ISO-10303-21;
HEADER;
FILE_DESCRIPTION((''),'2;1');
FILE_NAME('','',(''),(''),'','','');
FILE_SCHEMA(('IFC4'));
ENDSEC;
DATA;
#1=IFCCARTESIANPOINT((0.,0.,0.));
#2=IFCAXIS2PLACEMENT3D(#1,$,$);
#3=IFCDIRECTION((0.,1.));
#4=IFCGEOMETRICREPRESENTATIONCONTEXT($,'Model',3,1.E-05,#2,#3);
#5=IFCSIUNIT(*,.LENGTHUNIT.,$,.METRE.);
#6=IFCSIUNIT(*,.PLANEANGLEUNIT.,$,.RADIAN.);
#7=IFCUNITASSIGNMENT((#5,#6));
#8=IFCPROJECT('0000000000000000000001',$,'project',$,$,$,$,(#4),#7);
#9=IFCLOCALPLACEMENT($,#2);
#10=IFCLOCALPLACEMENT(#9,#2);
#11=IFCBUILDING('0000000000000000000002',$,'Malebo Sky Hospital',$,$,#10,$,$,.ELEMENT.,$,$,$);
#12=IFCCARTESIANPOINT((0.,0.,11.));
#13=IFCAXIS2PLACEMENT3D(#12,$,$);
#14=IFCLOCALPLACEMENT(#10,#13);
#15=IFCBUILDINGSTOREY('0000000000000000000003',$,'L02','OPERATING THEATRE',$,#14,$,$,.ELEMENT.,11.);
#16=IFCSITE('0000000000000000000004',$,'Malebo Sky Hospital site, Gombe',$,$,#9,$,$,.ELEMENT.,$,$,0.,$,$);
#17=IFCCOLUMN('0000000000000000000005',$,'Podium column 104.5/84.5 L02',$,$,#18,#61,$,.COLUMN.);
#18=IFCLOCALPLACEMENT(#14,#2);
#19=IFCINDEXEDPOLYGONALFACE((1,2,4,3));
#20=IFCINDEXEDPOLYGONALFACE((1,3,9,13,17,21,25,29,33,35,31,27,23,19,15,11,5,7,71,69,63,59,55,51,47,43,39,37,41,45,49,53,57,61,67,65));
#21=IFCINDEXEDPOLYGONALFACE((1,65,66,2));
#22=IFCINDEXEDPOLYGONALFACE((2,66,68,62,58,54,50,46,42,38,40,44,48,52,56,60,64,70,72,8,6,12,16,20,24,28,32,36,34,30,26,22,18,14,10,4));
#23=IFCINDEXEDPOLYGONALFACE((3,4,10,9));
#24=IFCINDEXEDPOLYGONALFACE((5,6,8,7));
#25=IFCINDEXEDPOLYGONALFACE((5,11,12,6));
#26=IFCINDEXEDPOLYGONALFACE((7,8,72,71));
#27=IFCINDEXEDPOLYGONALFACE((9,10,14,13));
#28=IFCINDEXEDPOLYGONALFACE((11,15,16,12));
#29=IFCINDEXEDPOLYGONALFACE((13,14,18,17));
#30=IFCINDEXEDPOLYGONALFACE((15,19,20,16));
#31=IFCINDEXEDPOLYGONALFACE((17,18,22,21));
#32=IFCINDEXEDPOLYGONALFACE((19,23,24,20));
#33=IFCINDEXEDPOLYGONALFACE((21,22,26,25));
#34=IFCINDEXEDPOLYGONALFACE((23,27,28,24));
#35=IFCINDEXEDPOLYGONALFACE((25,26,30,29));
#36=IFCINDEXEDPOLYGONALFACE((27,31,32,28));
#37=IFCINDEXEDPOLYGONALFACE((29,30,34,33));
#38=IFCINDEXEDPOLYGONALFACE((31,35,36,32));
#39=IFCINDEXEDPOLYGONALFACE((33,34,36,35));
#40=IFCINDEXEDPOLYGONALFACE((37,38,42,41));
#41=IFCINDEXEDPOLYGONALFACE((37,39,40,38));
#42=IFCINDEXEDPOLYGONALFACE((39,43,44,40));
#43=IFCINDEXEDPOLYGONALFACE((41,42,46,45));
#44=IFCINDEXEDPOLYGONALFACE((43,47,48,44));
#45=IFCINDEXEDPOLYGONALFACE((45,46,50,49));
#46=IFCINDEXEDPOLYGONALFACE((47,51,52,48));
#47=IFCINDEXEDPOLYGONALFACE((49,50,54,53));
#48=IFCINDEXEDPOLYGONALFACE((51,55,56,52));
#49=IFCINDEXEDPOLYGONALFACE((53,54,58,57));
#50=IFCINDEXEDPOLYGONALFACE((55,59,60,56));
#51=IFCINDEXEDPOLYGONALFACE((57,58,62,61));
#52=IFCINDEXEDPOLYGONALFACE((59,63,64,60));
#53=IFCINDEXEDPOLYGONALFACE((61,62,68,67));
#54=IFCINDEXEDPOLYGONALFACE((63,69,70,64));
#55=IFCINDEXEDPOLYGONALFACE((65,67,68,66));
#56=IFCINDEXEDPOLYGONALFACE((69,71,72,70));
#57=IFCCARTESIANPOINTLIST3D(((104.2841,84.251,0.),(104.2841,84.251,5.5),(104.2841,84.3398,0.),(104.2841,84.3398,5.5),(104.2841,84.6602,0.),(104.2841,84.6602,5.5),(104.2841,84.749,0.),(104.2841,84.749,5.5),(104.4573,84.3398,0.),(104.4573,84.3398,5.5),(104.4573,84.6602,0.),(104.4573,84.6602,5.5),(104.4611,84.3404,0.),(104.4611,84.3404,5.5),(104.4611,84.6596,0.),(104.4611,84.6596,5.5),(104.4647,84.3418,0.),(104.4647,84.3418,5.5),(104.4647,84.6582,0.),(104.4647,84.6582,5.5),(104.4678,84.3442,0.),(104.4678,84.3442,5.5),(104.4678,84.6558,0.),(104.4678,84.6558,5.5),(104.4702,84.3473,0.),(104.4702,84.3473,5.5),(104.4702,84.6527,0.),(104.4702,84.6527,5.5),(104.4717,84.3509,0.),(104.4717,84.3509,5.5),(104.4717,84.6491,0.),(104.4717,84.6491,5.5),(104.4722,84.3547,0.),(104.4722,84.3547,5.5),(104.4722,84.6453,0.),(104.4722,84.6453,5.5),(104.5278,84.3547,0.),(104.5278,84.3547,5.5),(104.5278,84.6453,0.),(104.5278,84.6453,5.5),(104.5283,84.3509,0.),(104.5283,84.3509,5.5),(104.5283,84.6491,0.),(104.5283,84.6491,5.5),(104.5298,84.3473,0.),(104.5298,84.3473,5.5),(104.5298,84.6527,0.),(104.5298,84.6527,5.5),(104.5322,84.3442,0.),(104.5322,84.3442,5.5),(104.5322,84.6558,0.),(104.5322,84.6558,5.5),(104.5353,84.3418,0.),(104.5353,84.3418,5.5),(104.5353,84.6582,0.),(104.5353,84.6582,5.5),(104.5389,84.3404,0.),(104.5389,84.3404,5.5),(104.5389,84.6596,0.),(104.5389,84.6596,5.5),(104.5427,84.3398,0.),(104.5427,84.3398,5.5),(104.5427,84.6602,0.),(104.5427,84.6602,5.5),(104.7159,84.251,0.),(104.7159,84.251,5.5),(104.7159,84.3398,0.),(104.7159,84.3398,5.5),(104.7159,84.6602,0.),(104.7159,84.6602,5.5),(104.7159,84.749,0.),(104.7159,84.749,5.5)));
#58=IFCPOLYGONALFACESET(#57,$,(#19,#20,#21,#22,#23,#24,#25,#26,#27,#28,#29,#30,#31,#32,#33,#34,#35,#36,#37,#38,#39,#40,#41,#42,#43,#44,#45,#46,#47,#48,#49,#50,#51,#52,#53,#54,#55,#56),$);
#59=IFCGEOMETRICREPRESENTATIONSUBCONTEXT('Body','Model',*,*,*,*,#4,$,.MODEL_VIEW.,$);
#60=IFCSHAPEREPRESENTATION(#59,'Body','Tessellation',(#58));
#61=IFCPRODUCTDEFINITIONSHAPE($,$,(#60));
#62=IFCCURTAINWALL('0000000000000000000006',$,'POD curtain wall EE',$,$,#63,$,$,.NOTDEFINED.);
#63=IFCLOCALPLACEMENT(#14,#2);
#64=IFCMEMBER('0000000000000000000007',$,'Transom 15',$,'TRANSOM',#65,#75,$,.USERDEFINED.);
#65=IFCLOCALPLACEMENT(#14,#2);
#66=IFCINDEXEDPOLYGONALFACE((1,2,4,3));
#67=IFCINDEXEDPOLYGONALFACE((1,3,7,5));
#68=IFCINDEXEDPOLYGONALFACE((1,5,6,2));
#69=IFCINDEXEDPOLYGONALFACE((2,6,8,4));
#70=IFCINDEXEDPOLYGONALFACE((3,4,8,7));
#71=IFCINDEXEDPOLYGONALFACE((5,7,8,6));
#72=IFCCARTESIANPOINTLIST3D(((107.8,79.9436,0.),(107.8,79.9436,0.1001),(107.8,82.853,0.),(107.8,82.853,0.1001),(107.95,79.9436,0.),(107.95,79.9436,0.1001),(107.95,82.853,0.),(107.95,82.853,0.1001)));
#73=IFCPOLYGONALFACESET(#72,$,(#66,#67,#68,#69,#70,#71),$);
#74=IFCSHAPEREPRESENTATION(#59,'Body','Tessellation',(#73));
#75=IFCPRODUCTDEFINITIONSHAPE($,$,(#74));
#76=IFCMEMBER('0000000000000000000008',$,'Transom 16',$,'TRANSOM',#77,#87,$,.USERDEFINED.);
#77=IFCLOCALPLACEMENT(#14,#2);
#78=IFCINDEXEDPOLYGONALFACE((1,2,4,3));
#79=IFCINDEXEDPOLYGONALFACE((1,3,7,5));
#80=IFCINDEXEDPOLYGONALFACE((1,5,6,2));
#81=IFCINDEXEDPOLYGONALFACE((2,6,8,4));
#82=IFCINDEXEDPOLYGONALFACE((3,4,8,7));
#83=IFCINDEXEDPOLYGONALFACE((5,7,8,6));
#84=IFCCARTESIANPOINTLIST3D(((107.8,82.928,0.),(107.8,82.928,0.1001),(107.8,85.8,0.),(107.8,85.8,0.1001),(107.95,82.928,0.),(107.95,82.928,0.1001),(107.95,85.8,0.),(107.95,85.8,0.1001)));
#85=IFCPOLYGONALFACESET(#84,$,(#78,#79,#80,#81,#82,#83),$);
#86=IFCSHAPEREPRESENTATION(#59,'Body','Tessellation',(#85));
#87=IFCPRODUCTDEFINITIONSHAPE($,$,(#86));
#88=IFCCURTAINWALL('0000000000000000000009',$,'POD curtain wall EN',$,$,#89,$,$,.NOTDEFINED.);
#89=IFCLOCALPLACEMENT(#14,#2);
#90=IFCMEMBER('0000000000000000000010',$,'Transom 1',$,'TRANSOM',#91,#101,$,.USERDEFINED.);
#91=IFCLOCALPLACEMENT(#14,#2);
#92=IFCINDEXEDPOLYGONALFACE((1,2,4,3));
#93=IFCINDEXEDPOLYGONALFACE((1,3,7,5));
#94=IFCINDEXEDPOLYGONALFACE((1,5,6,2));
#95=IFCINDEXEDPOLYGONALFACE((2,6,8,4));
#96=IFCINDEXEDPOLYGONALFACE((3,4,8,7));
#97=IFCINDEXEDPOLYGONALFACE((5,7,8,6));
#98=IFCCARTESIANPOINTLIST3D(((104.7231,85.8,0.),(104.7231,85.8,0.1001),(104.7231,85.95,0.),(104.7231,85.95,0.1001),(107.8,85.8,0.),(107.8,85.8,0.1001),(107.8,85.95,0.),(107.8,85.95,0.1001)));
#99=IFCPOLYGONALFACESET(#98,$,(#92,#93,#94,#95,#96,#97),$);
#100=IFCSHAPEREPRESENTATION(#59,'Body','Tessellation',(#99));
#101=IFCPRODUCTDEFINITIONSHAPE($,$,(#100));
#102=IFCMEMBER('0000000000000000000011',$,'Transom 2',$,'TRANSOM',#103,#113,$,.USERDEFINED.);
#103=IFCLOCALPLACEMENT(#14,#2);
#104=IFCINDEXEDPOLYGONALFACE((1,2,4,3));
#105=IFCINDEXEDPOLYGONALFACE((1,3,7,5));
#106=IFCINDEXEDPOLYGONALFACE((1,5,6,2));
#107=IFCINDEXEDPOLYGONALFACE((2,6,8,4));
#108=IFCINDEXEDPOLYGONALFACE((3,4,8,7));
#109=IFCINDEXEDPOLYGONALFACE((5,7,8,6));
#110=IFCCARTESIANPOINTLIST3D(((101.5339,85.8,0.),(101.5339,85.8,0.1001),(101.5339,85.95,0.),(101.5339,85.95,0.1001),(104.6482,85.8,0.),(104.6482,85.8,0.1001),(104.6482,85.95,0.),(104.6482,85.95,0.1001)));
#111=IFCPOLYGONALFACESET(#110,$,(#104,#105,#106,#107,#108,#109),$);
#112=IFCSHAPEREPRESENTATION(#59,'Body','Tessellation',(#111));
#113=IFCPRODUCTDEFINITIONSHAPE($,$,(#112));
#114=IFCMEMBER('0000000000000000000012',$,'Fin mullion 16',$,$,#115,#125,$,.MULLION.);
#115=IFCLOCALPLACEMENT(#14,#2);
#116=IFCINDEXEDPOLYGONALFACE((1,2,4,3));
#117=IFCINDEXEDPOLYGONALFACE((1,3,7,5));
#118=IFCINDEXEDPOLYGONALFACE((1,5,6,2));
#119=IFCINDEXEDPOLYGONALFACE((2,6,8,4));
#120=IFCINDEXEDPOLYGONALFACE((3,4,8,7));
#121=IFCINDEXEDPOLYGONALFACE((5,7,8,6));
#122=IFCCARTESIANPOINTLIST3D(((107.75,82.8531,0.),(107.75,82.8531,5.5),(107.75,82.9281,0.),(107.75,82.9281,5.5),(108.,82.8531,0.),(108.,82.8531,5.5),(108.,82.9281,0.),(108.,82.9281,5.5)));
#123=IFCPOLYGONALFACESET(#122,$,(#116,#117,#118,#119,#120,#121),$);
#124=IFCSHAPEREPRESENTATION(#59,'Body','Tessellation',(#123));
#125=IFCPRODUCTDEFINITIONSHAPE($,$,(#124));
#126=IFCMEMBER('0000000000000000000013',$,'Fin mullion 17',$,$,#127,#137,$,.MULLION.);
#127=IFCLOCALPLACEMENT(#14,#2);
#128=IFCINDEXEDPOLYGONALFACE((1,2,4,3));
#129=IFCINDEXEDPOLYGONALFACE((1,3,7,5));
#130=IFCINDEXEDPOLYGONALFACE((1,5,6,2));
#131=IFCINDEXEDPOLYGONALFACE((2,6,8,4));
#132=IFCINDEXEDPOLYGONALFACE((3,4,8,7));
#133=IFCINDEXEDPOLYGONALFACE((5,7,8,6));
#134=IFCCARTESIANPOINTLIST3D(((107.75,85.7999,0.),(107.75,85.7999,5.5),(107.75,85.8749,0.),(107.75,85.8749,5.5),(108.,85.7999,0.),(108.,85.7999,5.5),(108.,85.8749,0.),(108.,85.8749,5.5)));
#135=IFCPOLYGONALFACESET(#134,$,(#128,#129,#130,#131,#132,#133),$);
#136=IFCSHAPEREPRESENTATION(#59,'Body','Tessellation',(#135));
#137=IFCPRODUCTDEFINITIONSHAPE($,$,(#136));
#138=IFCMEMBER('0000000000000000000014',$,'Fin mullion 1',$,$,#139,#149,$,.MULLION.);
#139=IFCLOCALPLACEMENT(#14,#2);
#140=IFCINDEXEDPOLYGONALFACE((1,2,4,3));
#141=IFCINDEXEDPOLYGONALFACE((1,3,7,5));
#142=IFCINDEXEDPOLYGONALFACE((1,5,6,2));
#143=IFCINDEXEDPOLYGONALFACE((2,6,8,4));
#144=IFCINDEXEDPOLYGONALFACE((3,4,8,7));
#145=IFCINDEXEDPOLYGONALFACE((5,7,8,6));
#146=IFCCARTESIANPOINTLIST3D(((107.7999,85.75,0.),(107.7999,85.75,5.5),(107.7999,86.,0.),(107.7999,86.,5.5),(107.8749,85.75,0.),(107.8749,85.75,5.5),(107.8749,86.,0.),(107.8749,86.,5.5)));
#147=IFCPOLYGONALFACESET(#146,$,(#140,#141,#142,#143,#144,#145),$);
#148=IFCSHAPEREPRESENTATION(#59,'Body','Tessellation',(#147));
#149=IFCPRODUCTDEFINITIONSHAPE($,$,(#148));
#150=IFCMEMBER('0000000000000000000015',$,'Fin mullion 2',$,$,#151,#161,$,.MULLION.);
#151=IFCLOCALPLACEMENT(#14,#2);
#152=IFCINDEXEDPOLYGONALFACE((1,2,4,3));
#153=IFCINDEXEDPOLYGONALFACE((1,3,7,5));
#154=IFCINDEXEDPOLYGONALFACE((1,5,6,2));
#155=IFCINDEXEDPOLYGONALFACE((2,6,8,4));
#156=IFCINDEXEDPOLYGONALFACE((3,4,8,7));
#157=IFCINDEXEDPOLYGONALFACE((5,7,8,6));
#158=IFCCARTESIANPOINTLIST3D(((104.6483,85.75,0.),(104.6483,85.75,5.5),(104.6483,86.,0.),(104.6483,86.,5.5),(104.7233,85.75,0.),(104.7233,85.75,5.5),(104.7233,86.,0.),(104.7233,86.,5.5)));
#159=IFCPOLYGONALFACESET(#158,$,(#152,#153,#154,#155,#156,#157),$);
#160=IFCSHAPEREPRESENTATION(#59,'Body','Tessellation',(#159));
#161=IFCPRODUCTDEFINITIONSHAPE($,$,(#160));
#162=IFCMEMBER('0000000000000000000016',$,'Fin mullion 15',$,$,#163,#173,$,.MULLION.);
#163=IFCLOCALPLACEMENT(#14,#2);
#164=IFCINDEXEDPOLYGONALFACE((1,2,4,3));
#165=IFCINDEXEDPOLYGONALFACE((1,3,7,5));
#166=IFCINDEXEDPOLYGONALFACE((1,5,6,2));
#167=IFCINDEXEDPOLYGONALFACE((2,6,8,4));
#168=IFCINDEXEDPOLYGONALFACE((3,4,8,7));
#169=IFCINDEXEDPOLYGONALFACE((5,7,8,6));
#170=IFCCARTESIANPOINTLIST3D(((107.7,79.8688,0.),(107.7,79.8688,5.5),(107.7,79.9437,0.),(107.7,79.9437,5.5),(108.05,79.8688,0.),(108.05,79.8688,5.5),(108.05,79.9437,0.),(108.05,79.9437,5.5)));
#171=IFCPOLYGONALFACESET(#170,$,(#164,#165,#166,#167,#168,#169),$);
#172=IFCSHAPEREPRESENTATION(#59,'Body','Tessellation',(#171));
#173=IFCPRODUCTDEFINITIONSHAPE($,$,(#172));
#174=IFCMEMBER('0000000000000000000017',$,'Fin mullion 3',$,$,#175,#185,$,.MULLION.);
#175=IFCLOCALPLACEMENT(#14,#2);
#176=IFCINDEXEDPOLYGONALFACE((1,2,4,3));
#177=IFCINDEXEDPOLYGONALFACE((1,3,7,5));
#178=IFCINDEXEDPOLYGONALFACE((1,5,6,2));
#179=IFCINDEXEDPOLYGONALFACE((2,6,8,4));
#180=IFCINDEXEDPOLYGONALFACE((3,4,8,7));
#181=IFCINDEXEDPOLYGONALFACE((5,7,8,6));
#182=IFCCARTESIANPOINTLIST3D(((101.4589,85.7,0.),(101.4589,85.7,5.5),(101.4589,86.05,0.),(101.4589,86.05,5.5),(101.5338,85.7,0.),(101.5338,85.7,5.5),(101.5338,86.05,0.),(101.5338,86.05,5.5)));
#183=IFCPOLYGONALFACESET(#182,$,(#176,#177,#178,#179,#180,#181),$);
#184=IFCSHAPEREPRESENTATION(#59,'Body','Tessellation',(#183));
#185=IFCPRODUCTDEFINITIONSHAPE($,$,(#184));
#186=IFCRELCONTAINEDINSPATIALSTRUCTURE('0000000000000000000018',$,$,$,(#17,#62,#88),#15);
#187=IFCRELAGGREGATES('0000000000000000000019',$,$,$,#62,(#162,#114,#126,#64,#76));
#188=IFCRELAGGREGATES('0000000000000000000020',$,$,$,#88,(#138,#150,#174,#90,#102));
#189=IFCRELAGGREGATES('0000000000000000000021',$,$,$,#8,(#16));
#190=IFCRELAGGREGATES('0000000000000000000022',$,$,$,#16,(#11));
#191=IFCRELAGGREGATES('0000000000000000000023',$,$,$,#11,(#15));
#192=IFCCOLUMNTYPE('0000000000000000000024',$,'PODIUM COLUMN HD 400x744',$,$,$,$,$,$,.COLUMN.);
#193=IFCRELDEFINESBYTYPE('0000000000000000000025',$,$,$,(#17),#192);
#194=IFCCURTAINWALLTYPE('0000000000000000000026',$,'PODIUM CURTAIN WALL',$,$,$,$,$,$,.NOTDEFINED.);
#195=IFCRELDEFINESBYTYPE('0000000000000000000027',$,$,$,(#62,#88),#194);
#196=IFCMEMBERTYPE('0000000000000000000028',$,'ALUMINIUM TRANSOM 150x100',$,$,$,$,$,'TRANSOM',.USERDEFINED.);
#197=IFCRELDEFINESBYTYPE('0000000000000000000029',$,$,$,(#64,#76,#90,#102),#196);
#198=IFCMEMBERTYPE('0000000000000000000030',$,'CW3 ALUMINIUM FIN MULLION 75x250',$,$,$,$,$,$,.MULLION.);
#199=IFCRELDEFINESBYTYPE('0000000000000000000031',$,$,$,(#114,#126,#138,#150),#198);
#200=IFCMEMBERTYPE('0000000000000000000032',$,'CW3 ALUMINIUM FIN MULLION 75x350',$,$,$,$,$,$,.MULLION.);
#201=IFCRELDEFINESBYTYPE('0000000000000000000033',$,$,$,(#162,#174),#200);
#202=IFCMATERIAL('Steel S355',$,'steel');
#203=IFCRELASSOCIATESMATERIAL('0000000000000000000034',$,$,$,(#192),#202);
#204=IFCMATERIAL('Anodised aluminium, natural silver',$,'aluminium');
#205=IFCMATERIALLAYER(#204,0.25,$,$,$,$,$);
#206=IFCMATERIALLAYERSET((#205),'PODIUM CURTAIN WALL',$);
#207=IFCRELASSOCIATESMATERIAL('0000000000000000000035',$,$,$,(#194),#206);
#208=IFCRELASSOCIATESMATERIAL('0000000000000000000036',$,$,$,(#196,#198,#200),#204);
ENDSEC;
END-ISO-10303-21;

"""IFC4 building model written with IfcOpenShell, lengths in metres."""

from ifc_helpers import new_model, si_unit, direction, frame, origin, origin_2d, place, context, subcontext, project, spatial, rectangle, i_section, extrude, material, layer, layer_set, material_profile, profile_set, type_object, element, aggregate, save


model = new_model("IFC4")

# Units and contexts
model_context = context("Model", 3, precision=1e-05, world=origin(), true_north=direction((0.0, 1.0)))
body_context = subcontext(model_context, "Body", "Model", "MODEL_VIEW")
ifc_project = project(units=[si_unit("LENGTHUNIT", "METRE"), si_unit("PLANEANGLEUNIT", "RADIAN")], contexts=[model_context])

# Site, building, storey
site_placement = place(None, origin())
site = spatial("IfcSite", under=ifc_project, at=site_placement, Name="Malebo Sky Hospital site, Gombe", CompositionType="ELEMENT", RefElevation=0.0)
building_placement = place(site_placement, origin())
building = spatial("IfcBuilding", under=site, at=building_placement, Name="Malebo Sky Hospital", CompositionType="ELEMENT")
storey_placement = place(building_placement, frame((0.0, 0.0, 11.0)))
storey = spatial("IfcBuildingStorey", under=building, at=storey_placement, Name="L02", Description="OPERATING THEATRE", CompositionType="ELEMENT", Elevation=11.0)

# Column
ifc_material_1 = material(Name="Steel S355", Category="steel")
ifc_material_profile_1 = material_profile(ifc_material_1, i_section(OverallWidth=0.4319, OverallDepth=0.498, WebThickness=0.0557, FlangeThickness=0.0889, FilletRadius=0.0149, at=origin_2d()), Name="HD 400x744")
ifc_profile_set_1 = profile_set([ifc_material_profile_1], Name="Steel S355")
column_type = type_object("IfcColumnType", Name="PODIUM COLUMN HD 400x744", PredefinedType="COLUMN", material=ifc_profile_set_1)
column_placement = place(storey_placement, frame((104.5, 84.5, 0.0), z_axis=(0.0, 0.0, 1.0), x_axis=(1.0, 0.0, 0.0)))
element("IfcColumn", 1, at=column_placement, inside=storey, type_object=column_type, Name="Podium column 104.5/84.5 L02", PredefinedType="COLUMN", context=body_context, shape_type="SweptSolid", body=[
    extrude(i_section(OverallWidth=0.4319, OverallDepth=0.498, WebThickness=0.0557, FlangeThickness=0.0889, FilletRadius=0.0149, at=origin_2d()), origin(), (0.0, 0.0, 1.0), 5.5),
])

# Curtain walls, members
ifc_material_2 = material(Name="Anodised aluminium, natural silver", Category="aluminium")
ifc_layer_1 = layer(ifc_material_2, 0.25)
ifc_layer_set_1 = layer_set([ifc_layer_1], Name="PODIUM CURTAIN WALL")
curtain_wall_type = type_object("IfcCurtainWallType", Name="PODIUM CURTAIN WALL", PredefinedType="NOTDEFINED", material=ifc_layer_set_1)
curtain_wall_1_placement = place(storey_placement, origin())
curtain_wall_1 = element("IfcCurtainWall", 2, at=curtain_wall_1_placement, inside=storey, type_object=curtain_wall_type, Name="POD curtain wall EE", PredefinedType="NOTDEFINED")
ifc_material_profile_2 = material_profile(ifc_material_2, rectangle(XDim=0.1499, YDim=0.1001, at=origin_2d()), Name="ALUMINIUM TRANSOM 150x100")
ifc_profile_set_2 = profile_set([ifc_material_profile_2], Name="Anodised aluminium, natural silver")
member_type_1 = type_object("IfcMemberType", Name="ALUMINIUM TRANSOM 150x100", ElementType="TRANSOM", PredefinedType="USERDEFINED", material=ifc_profile_set_2)
member_1_placement = place(storey_placement, frame((107.875, 79.9436, 0.05), z_axis=(0.0, 1.0, 0.0), x_axis=(-1.0, 0.0, 0.0)))
member_1 = element("IfcMember", 3, at=member_1_placement, type_object=member_type_1, Name="Transom 15", ObjectType="TRANSOM", PredefinedType="USERDEFINED", context=body_context, shape_type="SweptSolid", body=[
    extrude(rectangle(XDim=0.1499, YDim=0.1001, at=origin_2d()), origin(), (0.0, 0.0, 1.0), 2.9094),
])
member_2_placement = place(storey_placement, frame((107.875, 82.928, 0.05), z_axis=(0.0, 1.0, 0.0), x_axis=(-1.0, 0.0, 0.0)))
member_2 = element("IfcMember", 4, at=member_2_placement, type_object=member_type_1, Name="Transom 16", ObjectType="TRANSOM", PredefinedType="USERDEFINED", context=body_context, shape_type="SweptSolid", body=[
    extrude(rectangle(XDim=0.1499, YDim=0.1001, at=origin_2d()), origin(), (0.0, 0.0, 1.0), 2.8721),
])
curtain_wall_2_placement = place(storey_placement, origin())
curtain_wall_2 = element("IfcCurtainWall", 5, at=curtain_wall_2_placement, inside=storey, type_object=curtain_wall_type, Name="POD curtain wall EN", PredefinedType="NOTDEFINED")
member_3_placement = place(storey_placement, frame((107.8, 85.875, 0.05), z_axis=(-1.0, 0.0, 0.0), x_axis=(0.0, -1.0, 0.0)))
member_3 = element("IfcMember", 6, at=member_3_placement, type_object=member_type_1, Name="Transom 1", ObjectType="TRANSOM", PredefinedType="USERDEFINED", context=body_context, shape_type="SweptSolid", body=[
    extrude(rectangle(XDim=0.1499, YDim=0.1001, at=origin_2d()), origin(), (0.0, 0.0, 1.0), 3.0769),
])
member_4_placement = place(storey_placement, frame((104.6482, 85.875, 0.05), z_axis=(-1.0, 0.0, 0.0), x_axis=(0.0, -1.0, 0.0)))
member_4 = element("IfcMember", 7, at=member_4_placement, type_object=member_type_1, Name="Transom 2", ObjectType="TRANSOM", PredefinedType="USERDEFINED", context=body_context, shape_type="SweptSolid", body=[
    extrude(rectangle(XDim=0.1499, YDim=0.1001, at=origin_2d()), origin(), (0.0, 0.0, 1.0), 3.1143),
])

# Members
ifc_material_profile_3 = material_profile(ifc_material_2, rectangle(XDim=0.075, YDim=0.25, at=origin_2d()), Name="CW3 ALUMINIUM FIN MULLION 75x250")
ifc_profile_set_3 = profile_set([ifc_material_profile_3], Name="Anodised aluminium, natural silver")
member_type_2 = type_object("IfcMemberType", Name="CW3 ALUMINIUM FIN MULLION 75x250", PredefinedType="MULLION", material=ifc_profile_set_3)
member_5_placement = place(storey_placement, frame((107.875, 82.8906, 0.0), z_axis=(0.0, 0.0, 1.0), x_axis=(0.0, 1.0, 0.0)))
member_5 = element("IfcMember", 8, at=member_5_placement, type_object=member_type_2, Name="Fin mullion 16", PredefinedType="MULLION", context=body_context, shape_type="SweptSolid", body=[
    extrude(rectangle(XDim=0.075, YDim=0.25, at=origin_2d()), origin(), (0.0, 0.0, 1.0), 5.5),
])
member_6_placement = place(storey_placement, frame((107.875, 85.8374, 0.0), z_axis=(0.0, 0.0, 1.0), x_axis=(0.0, 1.0, 0.0)))
member_6 = element("IfcMember", 9, at=member_6_placement, type_object=member_type_2, Name="Fin mullion 17", PredefinedType="MULLION", context=body_context, shape_type="SweptSolid", body=[
    extrude(rectangle(XDim=0.075, YDim=0.25, at=origin_2d()), origin(), (0.0, 0.0, 1.0), 5.5),
])
member_7_placement = place(storey_placement, frame((107.8374, 85.875, 0.0), z_axis=(0.0, 0.0, 1.0), x_axis=(-1.0, 0.0, 0.0)))
member_7 = element("IfcMember", 10, at=member_7_placement, type_object=member_type_2, Name="Fin mullion 1", PredefinedType="MULLION", context=body_context, shape_type="SweptSolid", body=[
    extrude(rectangle(XDim=0.075, YDim=0.25, at=origin_2d()), origin(), (0.0, 0.0, 1.0), 5.5),
])
member_8_placement = place(storey_placement, frame((104.6858, 85.875, 0.0), z_axis=(0.0, 0.0, 1.0), x_axis=(-1.0, 0.0, 0.0)))
member_8 = element("IfcMember", 11, at=member_8_placement, type_object=member_type_2, Name="Fin mullion 2", PredefinedType="MULLION", context=body_context, shape_type="SweptSolid", body=[
    extrude(rectangle(XDim=0.075, YDim=0.25, at=origin_2d()), origin(), (0.0, 0.0, 1.0), 5.5),
])
ifc_material_profile_4 = material_profile(ifc_material_2, rectangle(XDim=0.075, YDim=0.3501, at=origin_2d()), Name="CW3 ALUMINIUM FIN MULLION 75x350")
ifc_profile_set_4 = profile_set([ifc_material_profile_4], Name="Anodised aluminium, natural silver")
member_type_3 = type_object("IfcMemberType", Name="CW3 ALUMINIUM FIN MULLION 75x350", PredefinedType="MULLION", material=ifc_profile_set_4)
member_9_placement = place(storey_placement, frame((107.875, 79.9062, 0.0), z_axis=(0.0, 0.0, 1.0), x_axis=(0.0, 1.0, 0.0)))
member_9 = element("IfcMember", 12, at=member_9_placement, type_object=member_type_3, Name="Fin mullion 15", PredefinedType="MULLION", context=body_context, shape_type="SweptSolid", body=[
    extrude(rectangle(XDim=0.075, YDim=0.3501, at=origin_2d()), origin(), (0.0, 0.0, 1.0), 5.5),
])
member_10_placement = place(storey_placement, frame((101.4963, 85.875, 0.0), z_axis=(0.0, 0.0, 1.0), x_axis=(-1.0, 0.0, 0.0)))
member_10 = element("IfcMember", 13, at=member_10_placement, type_object=member_type_3, Name="Fin mullion 3", PredefinedType="MULLION", context=body_context, shape_type="SweptSolid", body=[
    extrude(rectangle(XDim=0.075, YDim=0.3501, at=origin_2d()), origin(), (0.0, 0.0, 1.0), 5.5),
])

aggregate(curtain_wall_1, [member_9, member_5, member_6, member_1, member_2])
aggregate(curtain_wall_2, [member_7, member_8, member_10, member_3, member_4])

save(model, "model.ifc")
